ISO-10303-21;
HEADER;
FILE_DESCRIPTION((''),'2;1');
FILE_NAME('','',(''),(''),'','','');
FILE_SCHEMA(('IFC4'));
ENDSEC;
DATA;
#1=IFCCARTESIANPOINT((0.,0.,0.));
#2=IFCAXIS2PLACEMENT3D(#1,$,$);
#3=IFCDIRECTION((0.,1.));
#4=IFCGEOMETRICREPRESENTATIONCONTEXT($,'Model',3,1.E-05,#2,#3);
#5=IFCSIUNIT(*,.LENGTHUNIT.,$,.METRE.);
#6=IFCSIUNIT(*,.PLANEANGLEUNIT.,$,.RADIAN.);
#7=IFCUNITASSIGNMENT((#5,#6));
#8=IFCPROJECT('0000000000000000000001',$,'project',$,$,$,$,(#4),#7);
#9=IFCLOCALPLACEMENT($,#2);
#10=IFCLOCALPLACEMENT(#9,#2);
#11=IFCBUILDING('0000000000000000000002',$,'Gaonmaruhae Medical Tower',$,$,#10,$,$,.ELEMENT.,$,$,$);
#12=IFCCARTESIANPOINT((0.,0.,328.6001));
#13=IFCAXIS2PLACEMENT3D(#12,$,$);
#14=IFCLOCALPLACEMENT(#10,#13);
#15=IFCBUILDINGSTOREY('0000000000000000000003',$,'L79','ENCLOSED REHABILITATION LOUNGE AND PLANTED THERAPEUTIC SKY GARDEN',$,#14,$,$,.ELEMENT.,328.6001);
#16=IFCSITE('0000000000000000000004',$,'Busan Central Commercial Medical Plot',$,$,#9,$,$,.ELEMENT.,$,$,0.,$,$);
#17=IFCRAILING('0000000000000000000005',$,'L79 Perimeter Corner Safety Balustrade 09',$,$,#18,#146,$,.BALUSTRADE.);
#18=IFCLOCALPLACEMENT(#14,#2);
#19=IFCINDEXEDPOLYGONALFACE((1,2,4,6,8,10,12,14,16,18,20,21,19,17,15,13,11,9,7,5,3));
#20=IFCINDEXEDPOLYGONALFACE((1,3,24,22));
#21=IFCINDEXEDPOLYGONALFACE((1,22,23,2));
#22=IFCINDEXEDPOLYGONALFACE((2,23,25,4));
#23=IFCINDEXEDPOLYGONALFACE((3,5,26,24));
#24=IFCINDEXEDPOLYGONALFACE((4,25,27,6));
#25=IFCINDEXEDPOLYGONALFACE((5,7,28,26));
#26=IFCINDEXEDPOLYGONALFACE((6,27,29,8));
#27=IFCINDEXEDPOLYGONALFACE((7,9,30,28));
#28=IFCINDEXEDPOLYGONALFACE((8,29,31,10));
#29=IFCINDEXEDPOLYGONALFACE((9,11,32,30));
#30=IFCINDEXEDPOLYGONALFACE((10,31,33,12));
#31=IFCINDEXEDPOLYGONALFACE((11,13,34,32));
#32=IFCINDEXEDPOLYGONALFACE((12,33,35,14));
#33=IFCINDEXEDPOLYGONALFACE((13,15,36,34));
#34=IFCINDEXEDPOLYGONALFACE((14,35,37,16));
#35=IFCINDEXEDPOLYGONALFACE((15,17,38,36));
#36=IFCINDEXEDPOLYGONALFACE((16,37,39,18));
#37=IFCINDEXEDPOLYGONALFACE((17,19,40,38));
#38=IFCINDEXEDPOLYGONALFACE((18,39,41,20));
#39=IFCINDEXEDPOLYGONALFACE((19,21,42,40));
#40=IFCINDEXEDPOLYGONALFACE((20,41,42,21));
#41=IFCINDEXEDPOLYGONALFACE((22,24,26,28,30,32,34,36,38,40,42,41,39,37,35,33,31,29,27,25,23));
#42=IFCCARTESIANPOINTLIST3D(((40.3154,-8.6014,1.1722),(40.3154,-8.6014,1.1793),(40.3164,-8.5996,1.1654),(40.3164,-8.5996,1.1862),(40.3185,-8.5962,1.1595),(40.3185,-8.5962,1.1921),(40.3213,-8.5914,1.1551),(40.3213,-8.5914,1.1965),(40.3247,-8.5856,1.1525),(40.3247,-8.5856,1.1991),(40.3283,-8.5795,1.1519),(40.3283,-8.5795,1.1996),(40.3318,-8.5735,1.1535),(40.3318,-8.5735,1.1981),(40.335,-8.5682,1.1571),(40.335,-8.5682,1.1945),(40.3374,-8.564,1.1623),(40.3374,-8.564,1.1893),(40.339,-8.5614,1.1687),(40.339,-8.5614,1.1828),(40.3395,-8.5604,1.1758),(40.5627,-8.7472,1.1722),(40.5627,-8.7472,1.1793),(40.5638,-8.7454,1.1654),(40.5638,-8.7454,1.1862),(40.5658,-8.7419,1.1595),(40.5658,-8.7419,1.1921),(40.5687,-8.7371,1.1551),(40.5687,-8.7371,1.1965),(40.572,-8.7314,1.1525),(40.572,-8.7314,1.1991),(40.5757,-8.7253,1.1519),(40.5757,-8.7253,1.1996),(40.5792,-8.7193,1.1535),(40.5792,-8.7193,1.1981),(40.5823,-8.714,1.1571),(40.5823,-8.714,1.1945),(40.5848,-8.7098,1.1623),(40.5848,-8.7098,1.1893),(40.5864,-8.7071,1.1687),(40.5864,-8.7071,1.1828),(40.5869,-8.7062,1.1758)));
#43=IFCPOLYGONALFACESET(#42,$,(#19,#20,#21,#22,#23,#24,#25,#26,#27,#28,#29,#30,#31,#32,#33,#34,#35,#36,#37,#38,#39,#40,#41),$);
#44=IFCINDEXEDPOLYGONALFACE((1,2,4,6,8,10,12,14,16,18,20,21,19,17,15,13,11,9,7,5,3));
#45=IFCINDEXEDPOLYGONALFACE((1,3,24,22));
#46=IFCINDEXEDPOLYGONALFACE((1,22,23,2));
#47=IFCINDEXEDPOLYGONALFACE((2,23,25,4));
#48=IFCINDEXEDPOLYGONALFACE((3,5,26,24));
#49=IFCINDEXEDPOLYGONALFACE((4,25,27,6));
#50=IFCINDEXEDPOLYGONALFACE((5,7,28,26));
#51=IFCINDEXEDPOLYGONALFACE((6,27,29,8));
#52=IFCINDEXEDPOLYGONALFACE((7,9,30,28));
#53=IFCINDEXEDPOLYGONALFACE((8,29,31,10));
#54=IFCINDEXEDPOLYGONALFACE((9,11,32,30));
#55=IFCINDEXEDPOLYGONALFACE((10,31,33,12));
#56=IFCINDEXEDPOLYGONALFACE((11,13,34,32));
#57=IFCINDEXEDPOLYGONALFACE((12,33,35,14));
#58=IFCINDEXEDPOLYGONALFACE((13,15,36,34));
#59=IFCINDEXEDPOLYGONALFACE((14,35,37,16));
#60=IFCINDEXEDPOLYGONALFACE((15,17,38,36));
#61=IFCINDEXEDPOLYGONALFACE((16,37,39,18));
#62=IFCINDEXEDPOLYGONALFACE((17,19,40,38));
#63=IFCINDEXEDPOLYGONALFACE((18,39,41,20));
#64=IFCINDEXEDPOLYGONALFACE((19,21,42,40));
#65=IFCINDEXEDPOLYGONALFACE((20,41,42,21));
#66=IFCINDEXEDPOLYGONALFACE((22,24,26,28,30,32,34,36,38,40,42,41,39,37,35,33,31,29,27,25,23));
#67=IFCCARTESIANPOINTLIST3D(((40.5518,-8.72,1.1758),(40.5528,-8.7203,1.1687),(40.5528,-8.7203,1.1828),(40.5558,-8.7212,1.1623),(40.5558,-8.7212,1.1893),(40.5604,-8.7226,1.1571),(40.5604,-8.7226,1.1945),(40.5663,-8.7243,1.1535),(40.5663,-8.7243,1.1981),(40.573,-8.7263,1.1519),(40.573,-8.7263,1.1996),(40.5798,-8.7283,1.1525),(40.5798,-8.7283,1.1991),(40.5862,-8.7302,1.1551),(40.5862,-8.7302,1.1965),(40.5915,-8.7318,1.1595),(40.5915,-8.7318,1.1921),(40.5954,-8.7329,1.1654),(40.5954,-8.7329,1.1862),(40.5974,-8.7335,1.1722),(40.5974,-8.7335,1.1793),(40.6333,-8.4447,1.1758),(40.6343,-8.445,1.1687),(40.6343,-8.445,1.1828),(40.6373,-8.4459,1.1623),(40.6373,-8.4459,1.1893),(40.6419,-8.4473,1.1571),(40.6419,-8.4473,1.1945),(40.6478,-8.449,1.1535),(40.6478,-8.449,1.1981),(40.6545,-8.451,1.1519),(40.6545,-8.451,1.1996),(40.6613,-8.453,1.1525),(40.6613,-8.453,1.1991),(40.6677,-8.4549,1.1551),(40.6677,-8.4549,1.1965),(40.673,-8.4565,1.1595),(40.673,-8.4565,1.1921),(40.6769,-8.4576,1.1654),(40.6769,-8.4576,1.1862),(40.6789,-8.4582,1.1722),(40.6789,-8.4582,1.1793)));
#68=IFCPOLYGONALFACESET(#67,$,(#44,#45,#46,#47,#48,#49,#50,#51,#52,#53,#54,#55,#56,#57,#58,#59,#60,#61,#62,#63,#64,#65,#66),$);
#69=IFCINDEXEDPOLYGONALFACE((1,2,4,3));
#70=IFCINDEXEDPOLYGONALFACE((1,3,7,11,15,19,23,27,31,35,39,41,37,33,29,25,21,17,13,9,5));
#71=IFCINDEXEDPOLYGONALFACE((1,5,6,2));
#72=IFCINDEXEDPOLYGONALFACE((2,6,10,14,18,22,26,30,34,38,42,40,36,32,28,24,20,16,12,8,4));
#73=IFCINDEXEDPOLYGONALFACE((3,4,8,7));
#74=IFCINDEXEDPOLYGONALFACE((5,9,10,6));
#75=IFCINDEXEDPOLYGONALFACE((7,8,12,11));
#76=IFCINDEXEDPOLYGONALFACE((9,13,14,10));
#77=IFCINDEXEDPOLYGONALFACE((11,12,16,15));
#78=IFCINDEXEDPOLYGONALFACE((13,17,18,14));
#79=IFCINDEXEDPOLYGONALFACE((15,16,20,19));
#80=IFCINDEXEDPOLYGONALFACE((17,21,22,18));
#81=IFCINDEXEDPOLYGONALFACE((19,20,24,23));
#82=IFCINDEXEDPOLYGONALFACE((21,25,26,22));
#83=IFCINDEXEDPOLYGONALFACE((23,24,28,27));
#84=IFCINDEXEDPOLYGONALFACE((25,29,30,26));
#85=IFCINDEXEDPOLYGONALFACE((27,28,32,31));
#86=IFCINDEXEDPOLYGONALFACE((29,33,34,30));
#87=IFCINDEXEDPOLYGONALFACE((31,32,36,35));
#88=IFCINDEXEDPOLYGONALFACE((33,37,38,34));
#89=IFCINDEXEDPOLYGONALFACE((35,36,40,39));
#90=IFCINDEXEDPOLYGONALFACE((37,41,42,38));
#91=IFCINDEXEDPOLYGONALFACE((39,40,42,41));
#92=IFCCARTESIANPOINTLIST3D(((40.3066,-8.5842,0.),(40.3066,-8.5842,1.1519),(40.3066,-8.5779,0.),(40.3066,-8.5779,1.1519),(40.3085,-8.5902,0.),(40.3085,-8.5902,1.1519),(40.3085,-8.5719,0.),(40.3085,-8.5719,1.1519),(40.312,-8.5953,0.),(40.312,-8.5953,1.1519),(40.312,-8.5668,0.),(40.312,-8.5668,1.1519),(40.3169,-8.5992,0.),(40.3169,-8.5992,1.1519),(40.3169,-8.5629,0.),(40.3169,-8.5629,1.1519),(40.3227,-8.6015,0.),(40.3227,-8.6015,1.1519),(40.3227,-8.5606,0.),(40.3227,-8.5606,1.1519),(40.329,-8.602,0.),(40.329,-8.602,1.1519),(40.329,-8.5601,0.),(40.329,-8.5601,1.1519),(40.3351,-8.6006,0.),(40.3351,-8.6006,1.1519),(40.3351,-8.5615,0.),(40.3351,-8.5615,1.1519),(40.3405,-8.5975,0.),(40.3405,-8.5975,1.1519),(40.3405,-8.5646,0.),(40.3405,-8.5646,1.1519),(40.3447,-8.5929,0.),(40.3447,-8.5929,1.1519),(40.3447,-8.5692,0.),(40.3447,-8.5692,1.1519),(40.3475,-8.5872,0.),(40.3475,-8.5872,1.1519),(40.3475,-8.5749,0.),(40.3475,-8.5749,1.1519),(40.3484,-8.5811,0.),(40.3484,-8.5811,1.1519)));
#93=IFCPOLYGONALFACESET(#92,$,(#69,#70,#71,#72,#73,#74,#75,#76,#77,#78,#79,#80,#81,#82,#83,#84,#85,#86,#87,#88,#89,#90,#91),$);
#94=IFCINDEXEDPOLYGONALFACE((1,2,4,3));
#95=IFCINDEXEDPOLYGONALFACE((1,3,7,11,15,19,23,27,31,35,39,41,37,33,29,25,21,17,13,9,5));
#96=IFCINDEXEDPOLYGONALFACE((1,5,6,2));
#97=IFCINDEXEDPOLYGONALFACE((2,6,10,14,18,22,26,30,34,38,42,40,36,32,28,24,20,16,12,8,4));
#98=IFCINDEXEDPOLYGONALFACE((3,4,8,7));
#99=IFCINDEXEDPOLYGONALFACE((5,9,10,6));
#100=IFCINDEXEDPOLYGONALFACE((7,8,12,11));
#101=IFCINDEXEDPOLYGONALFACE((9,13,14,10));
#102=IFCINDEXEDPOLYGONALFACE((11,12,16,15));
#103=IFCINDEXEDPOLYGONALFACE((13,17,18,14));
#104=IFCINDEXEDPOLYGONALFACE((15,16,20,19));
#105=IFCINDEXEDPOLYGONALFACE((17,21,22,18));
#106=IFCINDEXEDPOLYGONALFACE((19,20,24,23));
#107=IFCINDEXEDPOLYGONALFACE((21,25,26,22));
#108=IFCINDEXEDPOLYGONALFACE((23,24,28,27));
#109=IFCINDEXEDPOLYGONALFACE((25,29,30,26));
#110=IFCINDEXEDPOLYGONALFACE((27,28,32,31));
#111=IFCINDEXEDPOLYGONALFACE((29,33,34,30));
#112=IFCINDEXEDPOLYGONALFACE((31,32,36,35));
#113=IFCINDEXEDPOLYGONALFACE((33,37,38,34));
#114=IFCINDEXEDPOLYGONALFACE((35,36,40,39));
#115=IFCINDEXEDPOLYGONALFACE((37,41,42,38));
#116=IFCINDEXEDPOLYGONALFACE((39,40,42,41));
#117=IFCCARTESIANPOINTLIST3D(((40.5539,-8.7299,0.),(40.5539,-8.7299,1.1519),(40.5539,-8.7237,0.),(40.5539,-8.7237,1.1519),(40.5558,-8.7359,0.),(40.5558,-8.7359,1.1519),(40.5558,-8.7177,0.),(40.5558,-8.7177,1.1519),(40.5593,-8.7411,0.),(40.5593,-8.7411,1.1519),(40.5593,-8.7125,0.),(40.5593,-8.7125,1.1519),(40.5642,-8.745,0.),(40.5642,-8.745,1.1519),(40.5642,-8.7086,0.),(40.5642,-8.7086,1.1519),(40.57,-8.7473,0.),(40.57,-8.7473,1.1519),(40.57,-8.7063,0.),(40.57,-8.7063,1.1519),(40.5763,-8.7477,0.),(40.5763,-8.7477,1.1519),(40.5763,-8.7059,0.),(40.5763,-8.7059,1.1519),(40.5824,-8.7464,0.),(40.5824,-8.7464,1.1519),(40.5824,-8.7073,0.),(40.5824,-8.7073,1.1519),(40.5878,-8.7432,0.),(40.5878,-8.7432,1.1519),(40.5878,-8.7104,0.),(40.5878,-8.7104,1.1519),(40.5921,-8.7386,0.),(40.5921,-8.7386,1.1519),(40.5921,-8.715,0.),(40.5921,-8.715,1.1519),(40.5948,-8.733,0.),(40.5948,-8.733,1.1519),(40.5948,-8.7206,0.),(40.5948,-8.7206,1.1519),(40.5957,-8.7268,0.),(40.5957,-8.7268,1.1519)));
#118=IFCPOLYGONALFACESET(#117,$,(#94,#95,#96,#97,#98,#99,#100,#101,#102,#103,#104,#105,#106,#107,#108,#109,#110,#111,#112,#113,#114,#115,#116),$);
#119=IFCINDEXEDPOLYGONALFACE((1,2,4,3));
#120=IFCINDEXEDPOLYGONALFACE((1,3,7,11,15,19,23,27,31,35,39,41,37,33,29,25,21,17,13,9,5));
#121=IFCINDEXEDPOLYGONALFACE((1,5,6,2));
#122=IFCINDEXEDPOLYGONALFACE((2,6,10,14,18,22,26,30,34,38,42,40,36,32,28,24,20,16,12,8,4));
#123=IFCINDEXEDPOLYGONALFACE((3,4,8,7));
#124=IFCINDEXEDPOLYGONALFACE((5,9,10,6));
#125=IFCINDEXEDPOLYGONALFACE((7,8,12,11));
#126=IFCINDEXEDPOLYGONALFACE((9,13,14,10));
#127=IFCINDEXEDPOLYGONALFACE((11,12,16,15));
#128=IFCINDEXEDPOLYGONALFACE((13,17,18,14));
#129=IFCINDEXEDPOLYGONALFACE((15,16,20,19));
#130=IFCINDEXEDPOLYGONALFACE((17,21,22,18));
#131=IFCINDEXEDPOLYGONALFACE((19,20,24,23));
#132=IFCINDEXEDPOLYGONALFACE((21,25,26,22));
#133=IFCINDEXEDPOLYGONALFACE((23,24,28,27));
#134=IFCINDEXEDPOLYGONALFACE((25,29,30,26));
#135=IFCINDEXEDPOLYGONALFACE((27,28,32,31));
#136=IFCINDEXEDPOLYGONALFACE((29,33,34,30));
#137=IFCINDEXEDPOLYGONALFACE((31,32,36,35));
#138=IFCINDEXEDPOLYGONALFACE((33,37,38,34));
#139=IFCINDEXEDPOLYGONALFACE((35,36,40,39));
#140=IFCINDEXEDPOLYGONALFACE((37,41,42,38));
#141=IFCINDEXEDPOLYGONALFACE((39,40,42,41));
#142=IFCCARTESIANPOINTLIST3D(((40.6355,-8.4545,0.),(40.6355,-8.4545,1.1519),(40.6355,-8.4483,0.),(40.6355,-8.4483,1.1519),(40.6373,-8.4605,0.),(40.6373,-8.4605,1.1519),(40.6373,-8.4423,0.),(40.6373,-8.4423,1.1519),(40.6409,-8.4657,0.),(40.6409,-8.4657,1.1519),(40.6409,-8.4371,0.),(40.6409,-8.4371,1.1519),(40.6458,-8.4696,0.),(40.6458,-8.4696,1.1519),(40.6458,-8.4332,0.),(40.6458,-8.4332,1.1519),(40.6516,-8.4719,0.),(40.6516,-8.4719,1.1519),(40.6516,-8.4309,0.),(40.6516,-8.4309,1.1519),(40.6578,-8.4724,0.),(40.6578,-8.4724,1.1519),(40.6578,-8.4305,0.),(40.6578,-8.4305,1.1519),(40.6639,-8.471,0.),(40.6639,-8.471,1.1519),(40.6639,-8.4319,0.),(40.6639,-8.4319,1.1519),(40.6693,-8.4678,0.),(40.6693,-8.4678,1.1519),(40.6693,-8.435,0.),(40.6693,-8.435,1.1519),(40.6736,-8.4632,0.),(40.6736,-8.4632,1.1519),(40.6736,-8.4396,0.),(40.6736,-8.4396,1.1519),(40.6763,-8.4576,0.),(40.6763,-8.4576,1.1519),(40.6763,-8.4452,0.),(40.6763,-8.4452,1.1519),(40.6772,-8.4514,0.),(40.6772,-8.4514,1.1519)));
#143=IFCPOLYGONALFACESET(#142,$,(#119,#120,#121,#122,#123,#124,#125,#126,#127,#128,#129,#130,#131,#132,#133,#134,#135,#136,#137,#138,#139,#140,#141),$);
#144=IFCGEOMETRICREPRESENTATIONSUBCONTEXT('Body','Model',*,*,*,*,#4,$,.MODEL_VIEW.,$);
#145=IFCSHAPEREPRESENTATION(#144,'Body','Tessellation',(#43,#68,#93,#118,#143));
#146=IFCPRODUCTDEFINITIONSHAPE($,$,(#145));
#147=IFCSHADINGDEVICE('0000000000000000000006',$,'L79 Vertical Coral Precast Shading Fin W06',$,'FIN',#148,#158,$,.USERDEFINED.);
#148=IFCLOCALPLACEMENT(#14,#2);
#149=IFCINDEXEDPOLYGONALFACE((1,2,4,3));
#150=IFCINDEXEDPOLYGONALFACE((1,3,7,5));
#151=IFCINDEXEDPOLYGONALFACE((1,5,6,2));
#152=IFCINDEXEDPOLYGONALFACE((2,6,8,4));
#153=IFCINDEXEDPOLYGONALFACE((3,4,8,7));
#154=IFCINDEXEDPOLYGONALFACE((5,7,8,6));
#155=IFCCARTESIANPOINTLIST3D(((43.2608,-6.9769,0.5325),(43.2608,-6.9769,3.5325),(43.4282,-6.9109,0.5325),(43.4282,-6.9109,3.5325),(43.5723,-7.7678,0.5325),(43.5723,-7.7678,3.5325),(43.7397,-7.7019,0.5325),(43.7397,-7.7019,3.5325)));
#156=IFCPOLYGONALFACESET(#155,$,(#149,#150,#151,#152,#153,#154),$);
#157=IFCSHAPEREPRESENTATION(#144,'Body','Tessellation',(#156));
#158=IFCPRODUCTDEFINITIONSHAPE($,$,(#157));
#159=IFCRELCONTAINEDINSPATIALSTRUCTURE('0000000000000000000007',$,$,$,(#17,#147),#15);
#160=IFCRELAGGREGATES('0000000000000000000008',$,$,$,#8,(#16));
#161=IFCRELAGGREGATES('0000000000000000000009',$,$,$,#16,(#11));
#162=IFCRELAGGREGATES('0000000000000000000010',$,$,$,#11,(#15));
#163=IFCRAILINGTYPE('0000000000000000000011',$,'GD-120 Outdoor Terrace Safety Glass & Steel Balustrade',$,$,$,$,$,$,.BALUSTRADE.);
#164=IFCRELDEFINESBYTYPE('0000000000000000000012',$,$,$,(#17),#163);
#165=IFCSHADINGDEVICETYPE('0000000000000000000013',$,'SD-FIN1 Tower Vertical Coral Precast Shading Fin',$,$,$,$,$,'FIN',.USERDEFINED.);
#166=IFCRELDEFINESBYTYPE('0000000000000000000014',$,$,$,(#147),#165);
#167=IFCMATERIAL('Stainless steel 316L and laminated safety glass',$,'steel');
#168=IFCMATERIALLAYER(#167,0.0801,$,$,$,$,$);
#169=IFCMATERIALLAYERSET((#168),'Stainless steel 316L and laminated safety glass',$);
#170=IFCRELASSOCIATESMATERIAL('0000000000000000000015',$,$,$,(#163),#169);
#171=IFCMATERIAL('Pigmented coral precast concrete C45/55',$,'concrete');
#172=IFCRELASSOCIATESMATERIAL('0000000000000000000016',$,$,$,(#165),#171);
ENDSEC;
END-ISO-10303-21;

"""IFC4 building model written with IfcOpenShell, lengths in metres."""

from ifc_helpers import new_model, si_unit, direction, frame, origin, origin_2d, place, context, subcontext, project, spatial, rectangle, circle, extrude, material, layer, layer_set, type_object, element, save


model = new_model("IFC4")

# Units and contexts
model_context = context("Model", 3, precision=1e-05, world=origin(), true_north=direction((0.0, 1.0)))
body_context = subcontext(model_context, "Body", "Model", "MODEL_VIEW")
ifc_project = project(units=[si_unit("LENGTHUNIT", "METRE"), si_unit("PLANEANGLEUNIT", "RADIAN")], contexts=[model_context])

# Site, building, storey
site_placement = place(None, origin())
site = spatial("IfcSite", under=ifc_project, at=site_placement, Name="Busan Central Commercial Medical Plot", CompositionType="ELEMENT", RefElevation=0.0)
building_placement = place(site_placement, origin())
building = spatial("IfcBuilding", under=site, at=building_placement, Name="Gaonmaruhae Medical Tower", CompositionType="ELEMENT")
storey_placement = place(building_placement, frame((0.0, 0.0, 328.6001)))
storey = spatial("IfcBuildingStorey", under=building, at=storey_placement, Name="L79", Description="ENCLOSED REHABILITATION LOUNGE AND PLANTED THERAPEUTIC SKY GARDEN", CompositionType="ELEMENT", Elevation=328.6001)

# Railing
ifc_material_1 = material(Name="Stainless steel 316L and laminated safety glass", Category="steel")
ifc_layer_1 = layer(ifc_material_1, 0.0801)
ifc_layer_set_1 = layer_set([ifc_layer_1], Name="Stainless steel 316L and laminated safety glass")
railing_type = type_object("IfcRailingType", Name="GD-120 Outdoor Terrace Safety Glass & Steel Balustrade", PredefinedType="BALUSTRADE", material=ifc_layer_set_1)
railing_1_placement = place(storey_placement, frame((40.3274, -8.5811, 0.0)))
element("IfcRailing", 1, at=railing_1_placement, inside=storey, type_object=railing_type, Name="L79 Perimeter Corner Safety Balustrade 09", PredefinedType="BALUSTRADE", context=body_context, shape_type="SweptSolid", body=[
    extrude(circle(Radius=0.0239, at=origin_2d()), frame((0.0, 0.0, 1.1758), z_axis=(0.861519, -0.507726, 0.0), x_axis=(0.507726, 0.861519, 0.0)), (0.0, 0.0, 1.0), 0.2871),
    extrude(circle(Radius=0.0239, at=origin_2d()), frame((0.2473, -0.1458, 1.1758), z_axis=(0.283915, 0.95885, 0.0), x_axis=(-0.95885, 0.283915, 0.0)), (0.0, 0.0, 1.0), 0.2871),
    extrude(circle(Radius=0.021, at=origin_2d()), origin(), (0.0, 0.0, 1.0), 1.1519),
    extrude(circle(Radius=0.021, at=origin_2d()), frame((0.2473, -0.1458, 0.0)), (0.0, 0.0, 1.0), 1.1519),
    extrude(circle(Radius=0.021, at=origin_2d()), frame((0.3289, 0.1296, 0.0)), (0.0, 0.0, 1.0), 1.1519),
])

# Shading device
ifc_material_2 = material(Name="Pigmented coral precast concrete C45/55", Category="concrete")
shading_device_type = type_object("IfcShadingDeviceType", Name="SD-FIN1 Tower Vertical Coral Precast Shading Fin", ElementType="FIN", PredefinedType="USERDEFINED", material=ifc_material_2)
shading_device_placement = place(storey_placement, frame((43.5002, -7.3394, 0.5325), z_axis=(0.0, 0.0, 1.0), x_axis=(-0.930411, -0.366517, 0.0)))
element("IfcShadingDevice", 2, at=shading_device_placement, inside=storey, type_object=shading_device_type, Name="L79 Vertical Coral Precast Shading Fin W06", ObjectType="FIN", PredefinedType="USERDEFINED", context=body_context, shape_type="SweptSolid", body=[
    extrude(rectangle(XDim=0.1799, YDim=0.8501, at=origin_2d()), origin(), (0.0, 0.0, 1.0), 3.0),
])

save(model, "model.ifc")
